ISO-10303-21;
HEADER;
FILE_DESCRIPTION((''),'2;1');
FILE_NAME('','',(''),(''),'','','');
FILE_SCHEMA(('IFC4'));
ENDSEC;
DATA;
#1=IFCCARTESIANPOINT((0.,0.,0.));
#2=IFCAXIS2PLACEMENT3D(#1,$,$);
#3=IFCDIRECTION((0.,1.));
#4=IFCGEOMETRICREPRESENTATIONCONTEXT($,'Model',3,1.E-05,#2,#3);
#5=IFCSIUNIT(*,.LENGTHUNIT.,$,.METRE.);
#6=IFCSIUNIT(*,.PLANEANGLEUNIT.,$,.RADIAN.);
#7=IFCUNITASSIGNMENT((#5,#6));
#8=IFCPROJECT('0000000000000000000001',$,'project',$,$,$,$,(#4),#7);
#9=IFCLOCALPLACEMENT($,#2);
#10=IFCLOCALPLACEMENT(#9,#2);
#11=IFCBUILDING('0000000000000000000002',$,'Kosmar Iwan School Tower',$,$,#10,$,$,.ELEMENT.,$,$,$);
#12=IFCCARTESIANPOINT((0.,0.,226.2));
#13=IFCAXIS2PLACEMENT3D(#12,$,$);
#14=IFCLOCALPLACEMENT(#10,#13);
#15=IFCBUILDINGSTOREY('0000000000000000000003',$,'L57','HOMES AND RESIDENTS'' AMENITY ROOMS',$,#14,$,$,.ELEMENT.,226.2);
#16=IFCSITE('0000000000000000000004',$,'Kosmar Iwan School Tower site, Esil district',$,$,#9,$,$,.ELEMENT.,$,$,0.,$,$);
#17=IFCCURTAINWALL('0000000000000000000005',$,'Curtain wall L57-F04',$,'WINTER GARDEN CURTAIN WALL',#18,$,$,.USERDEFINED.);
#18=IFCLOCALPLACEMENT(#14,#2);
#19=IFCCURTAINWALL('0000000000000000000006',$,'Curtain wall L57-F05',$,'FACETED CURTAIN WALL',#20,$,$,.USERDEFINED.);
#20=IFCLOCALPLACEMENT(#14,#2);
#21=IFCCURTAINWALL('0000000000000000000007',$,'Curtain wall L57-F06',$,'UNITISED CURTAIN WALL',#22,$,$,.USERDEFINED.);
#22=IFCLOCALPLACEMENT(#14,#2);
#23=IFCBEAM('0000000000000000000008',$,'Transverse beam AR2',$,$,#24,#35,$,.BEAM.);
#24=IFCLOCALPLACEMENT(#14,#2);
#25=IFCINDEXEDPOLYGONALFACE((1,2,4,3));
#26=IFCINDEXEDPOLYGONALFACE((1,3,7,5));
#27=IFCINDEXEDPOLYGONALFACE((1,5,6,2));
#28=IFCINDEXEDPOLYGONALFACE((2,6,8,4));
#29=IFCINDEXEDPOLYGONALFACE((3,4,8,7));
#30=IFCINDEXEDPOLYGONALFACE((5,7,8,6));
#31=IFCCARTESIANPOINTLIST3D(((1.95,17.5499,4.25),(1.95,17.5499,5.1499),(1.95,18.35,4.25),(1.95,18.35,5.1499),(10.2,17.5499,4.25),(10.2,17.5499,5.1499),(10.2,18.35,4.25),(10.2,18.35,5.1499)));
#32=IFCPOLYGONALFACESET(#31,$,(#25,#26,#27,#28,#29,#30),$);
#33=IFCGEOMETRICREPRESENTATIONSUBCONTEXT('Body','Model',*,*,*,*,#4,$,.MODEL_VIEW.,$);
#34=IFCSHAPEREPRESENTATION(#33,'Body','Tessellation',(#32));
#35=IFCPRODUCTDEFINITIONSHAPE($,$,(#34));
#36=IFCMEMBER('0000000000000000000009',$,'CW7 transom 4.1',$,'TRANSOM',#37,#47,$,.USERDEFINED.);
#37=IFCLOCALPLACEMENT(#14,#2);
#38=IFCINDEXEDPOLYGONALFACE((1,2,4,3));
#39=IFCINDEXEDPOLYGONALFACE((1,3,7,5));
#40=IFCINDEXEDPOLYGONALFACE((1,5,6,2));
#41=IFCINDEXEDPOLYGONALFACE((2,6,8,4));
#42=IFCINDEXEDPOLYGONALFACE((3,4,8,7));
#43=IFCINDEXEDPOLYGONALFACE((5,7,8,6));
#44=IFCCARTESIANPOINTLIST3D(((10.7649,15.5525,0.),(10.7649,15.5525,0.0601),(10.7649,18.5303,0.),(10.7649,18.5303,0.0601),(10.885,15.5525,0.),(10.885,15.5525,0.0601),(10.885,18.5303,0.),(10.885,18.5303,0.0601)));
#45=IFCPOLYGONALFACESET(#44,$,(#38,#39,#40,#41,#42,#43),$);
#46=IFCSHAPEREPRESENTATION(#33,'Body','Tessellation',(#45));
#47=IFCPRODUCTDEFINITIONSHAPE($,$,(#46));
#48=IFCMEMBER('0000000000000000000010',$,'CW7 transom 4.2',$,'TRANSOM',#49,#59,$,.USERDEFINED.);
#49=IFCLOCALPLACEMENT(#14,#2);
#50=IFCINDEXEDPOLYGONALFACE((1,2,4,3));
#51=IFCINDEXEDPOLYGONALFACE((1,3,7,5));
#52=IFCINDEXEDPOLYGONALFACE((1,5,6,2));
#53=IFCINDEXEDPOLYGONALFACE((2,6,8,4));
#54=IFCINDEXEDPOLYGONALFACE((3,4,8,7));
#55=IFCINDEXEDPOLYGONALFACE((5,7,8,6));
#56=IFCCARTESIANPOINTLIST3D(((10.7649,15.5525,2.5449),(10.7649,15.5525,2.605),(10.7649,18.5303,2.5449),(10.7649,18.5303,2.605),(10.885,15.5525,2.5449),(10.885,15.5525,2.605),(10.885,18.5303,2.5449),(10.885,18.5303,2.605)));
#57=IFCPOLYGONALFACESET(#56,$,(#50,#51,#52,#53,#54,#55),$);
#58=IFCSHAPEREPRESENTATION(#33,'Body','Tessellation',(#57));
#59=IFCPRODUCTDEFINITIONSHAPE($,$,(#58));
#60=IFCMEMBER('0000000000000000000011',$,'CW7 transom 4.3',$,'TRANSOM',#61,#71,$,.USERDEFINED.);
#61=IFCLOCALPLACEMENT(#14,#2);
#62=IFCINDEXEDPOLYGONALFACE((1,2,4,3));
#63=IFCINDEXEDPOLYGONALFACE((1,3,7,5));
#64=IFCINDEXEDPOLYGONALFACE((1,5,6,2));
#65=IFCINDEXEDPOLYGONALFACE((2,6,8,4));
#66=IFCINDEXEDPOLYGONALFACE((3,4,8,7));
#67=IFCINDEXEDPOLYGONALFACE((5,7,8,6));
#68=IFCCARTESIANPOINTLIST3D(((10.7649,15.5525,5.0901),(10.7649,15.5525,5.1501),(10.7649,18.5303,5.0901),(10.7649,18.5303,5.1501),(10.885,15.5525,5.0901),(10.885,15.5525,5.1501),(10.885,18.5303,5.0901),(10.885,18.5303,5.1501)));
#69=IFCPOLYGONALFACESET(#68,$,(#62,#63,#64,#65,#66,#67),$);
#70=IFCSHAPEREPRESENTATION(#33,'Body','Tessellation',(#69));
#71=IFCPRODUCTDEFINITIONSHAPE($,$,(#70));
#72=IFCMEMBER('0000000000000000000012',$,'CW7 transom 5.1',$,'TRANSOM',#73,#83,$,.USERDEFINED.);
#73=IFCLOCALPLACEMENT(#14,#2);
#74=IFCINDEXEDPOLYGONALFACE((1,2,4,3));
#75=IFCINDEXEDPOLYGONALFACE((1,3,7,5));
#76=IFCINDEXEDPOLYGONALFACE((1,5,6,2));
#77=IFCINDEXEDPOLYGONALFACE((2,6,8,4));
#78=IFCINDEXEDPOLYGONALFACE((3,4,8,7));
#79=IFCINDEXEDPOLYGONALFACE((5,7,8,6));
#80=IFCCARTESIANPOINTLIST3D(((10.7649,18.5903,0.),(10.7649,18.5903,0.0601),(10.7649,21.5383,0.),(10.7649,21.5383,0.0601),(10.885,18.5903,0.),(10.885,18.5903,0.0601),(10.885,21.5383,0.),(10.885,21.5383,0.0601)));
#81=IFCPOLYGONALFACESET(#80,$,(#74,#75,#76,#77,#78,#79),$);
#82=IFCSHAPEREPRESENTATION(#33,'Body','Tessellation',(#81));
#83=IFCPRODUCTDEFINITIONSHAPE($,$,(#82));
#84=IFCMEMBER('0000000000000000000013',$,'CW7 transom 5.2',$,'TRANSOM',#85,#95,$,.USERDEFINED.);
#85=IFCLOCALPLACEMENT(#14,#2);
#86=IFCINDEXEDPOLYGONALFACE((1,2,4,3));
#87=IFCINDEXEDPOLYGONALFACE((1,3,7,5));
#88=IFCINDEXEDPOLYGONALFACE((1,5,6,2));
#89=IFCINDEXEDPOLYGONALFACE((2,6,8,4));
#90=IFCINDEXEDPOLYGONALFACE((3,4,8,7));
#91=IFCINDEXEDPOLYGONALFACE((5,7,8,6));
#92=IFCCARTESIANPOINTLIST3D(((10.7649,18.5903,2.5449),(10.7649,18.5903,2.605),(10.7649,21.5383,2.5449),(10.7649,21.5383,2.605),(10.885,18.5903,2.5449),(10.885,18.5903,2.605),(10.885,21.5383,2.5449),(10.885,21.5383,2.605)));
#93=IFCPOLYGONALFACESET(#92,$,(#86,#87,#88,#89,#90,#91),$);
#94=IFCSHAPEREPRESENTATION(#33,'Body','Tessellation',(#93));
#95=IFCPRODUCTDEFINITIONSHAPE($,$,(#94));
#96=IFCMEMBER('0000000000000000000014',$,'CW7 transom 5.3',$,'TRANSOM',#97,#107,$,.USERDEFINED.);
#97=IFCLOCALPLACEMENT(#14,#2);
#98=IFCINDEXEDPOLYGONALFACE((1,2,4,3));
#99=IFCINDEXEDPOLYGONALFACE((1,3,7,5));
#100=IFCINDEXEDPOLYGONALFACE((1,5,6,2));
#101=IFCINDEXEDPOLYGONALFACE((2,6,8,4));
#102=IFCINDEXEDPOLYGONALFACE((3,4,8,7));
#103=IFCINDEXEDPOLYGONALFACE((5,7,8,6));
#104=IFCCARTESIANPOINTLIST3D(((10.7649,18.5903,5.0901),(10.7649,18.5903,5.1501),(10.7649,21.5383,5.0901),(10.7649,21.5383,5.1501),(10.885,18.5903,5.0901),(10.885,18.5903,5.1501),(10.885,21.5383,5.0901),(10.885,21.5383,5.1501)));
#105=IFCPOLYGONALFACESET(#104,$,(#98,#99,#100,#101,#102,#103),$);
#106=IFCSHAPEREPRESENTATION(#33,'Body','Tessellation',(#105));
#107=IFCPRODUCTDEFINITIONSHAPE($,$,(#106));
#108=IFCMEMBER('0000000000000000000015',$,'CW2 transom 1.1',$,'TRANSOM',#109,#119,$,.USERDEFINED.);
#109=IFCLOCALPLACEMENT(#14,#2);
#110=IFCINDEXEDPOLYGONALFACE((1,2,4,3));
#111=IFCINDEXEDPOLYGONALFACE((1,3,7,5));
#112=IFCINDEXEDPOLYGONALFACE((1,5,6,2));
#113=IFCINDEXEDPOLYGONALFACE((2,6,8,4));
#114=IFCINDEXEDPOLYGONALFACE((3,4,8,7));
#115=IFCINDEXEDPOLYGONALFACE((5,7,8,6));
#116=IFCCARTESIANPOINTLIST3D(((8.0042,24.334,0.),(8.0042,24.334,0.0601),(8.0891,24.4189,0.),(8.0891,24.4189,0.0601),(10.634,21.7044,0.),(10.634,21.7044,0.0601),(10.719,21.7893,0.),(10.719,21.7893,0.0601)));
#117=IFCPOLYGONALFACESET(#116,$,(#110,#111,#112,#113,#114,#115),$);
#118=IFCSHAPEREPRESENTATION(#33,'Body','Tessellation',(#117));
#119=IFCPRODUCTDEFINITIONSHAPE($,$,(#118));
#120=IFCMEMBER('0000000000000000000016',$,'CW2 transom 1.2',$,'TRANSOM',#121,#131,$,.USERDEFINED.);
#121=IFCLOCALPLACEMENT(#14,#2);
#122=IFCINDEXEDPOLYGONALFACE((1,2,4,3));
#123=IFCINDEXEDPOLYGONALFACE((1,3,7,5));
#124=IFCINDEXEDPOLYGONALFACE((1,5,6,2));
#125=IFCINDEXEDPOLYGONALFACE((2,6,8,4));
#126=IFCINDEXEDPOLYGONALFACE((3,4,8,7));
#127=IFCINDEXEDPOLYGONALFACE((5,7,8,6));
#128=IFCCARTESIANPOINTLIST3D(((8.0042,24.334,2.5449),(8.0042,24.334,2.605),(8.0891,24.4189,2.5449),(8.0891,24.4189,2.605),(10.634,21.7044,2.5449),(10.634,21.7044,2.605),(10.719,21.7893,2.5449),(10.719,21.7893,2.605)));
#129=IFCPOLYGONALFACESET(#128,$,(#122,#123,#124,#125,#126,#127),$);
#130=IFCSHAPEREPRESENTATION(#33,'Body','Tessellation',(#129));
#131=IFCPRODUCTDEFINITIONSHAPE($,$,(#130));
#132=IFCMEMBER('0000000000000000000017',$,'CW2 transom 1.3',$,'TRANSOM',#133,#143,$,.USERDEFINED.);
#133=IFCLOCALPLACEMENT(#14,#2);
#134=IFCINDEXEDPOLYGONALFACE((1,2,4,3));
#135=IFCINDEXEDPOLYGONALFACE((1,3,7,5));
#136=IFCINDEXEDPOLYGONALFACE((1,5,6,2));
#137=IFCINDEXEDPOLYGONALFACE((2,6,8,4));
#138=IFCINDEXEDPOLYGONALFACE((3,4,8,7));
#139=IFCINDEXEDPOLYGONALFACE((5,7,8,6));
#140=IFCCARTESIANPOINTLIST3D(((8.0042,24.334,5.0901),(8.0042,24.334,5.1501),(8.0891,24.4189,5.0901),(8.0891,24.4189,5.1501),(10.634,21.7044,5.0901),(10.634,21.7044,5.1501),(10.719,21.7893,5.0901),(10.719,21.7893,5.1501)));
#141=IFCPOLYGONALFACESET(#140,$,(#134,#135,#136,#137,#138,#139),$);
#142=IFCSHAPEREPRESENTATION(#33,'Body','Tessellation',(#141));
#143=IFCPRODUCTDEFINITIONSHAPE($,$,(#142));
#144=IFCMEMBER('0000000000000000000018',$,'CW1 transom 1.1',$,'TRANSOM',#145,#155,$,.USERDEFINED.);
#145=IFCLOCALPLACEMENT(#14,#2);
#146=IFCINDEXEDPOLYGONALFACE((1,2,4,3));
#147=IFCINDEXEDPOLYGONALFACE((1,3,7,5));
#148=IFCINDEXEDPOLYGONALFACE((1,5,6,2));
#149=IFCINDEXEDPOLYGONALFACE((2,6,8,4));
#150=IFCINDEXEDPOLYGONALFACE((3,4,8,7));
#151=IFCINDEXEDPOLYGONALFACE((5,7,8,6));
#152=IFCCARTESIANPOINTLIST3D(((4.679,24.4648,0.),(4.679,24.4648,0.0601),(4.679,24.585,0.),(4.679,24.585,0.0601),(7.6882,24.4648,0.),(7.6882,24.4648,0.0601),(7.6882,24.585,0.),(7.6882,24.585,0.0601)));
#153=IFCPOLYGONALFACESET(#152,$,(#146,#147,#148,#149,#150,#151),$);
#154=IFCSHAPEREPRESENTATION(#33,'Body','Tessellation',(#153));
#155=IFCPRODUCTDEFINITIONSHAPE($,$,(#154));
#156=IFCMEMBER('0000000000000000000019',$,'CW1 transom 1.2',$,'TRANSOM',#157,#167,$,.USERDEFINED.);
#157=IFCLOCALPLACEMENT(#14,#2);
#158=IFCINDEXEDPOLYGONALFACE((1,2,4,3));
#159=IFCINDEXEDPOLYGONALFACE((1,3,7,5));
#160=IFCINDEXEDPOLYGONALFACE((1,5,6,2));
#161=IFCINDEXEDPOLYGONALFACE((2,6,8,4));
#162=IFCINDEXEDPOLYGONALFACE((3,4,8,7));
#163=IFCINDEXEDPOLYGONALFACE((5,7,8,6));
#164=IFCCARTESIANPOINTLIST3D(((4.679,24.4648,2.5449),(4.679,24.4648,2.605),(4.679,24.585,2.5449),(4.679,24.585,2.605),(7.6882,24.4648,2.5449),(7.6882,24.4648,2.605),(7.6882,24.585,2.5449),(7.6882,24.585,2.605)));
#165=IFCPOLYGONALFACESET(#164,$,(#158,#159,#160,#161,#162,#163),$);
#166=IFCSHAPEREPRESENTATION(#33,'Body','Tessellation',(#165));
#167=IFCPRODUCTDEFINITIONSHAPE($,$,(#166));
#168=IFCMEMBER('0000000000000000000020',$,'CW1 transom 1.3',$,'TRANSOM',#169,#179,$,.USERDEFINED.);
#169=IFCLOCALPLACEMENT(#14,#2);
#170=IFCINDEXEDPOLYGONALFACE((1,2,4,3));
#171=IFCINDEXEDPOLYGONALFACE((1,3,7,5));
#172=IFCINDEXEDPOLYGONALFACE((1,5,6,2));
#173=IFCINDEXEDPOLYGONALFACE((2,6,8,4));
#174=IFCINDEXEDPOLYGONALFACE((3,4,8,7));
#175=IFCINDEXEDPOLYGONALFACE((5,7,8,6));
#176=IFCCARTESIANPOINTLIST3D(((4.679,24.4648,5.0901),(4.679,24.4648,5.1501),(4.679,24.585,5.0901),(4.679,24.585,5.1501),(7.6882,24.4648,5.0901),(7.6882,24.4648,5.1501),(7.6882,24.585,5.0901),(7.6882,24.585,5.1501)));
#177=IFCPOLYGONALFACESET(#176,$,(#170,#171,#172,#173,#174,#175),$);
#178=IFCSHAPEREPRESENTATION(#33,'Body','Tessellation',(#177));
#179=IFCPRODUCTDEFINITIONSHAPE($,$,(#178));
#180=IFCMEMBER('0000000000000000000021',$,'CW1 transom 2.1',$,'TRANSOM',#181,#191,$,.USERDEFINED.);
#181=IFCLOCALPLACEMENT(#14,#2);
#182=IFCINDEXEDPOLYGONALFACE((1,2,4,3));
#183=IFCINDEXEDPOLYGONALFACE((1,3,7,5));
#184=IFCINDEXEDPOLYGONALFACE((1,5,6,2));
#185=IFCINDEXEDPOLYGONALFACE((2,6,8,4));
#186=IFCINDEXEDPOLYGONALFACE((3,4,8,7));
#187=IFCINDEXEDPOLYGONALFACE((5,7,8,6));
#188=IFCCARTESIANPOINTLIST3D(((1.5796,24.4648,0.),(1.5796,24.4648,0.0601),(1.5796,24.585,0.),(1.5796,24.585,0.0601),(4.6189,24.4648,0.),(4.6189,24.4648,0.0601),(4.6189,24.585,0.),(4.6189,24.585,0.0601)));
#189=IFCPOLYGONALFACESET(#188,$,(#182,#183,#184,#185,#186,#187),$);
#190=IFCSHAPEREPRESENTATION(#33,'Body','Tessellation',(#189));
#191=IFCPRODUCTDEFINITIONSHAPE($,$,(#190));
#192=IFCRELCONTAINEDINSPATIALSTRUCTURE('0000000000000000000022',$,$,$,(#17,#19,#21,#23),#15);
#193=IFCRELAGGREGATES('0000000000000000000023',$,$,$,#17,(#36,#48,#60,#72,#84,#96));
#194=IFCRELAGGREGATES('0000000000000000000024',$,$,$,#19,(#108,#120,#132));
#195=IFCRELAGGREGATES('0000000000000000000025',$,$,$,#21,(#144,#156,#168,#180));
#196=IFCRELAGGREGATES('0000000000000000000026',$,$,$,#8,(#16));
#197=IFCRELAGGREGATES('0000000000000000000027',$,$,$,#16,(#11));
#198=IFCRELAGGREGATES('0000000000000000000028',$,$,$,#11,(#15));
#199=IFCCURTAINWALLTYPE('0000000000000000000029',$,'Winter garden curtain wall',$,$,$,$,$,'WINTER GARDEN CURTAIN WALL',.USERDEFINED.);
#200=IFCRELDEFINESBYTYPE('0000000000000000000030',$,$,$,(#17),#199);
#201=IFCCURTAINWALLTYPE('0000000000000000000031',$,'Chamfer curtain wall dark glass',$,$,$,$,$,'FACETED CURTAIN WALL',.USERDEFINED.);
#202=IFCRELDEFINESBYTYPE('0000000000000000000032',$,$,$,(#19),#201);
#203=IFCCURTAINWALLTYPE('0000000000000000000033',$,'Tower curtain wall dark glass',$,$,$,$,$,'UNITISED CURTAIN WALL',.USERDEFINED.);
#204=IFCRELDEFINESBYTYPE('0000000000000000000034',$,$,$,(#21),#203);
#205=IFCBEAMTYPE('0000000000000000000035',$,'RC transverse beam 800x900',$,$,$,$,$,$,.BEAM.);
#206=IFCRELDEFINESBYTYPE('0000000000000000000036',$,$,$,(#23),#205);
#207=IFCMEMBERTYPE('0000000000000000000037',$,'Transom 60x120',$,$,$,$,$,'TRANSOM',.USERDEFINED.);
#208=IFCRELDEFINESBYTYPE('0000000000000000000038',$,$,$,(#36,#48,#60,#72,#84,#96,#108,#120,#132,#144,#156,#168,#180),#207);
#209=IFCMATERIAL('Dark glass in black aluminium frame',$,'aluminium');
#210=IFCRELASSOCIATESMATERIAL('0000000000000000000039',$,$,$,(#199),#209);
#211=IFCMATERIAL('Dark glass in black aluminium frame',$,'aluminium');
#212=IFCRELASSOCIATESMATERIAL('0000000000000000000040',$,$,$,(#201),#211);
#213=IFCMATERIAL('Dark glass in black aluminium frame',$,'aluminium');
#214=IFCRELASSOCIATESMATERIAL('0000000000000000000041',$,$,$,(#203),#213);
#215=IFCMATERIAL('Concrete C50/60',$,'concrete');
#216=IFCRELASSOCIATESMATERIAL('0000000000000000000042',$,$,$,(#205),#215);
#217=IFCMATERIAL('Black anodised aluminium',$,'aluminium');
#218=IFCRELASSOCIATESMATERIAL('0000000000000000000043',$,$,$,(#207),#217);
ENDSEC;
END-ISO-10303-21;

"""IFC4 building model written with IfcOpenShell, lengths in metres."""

from ifc_helpers import new_model, si_unit, direction, frame, origin, origin_2d, place, context, subcontext, project, spatial, rectangle, extrude, material, material_profile, profile_set, type_object, element, aggregate, save


model = new_model("IFC4")

# Units and contexts
model_context = context("Model", 3, precision=1e-05, world=origin(), true_north=direction((0.0, 1.0)))
body_context = subcontext(model_context, "Body", "Model", "MODEL_VIEW")
ifc_project = project(units=[si_unit("LENGTHUNIT", "METRE"), si_unit("PLANEANGLEUNIT", "RADIAN")], contexts=[model_context])

# Site, building, storey
site_placement = place(None, origin())
site = spatial("IfcSite", under=ifc_project, at=site_placement, Name="Kosmar Iwan School Tower site, Esil district", CompositionType="ELEMENT", RefElevation=0.0)
building_placement = place(site_placement, origin())
building = spatial("IfcBuilding", under=site, at=building_placement, Name="Kosmar Iwan School Tower", CompositionType="ELEMENT")
storey_placement = place(building_placement, frame((0.0, 0.0, 226.2)))
storey = spatial("IfcBuildingStorey", under=building, at=storey_placement, Name="L57", Description="HOMES AND RESIDENTS' AMENITY ROOMS", CompositionType="ELEMENT", Elevation=226.2)

# Curtain walls
ifc_material_1 = material(Name="Dark glass in black aluminium frame", Category="aluminium")
curtain_wall_type_1 = type_object("IfcCurtainWallType", Name="Winter garden curtain wall", ElementType="WINTER GARDEN CURTAIN WALL", PredefinedType="USERDEFINED", material=ifc_material_1)
curtain_wall_1_placement = place(storey_placement, origin())
curtain_wall_1 = element("IfcCurtainWall", 1, at=curtain_wall_1_placement, inside=storey, type_object=curtain_wall_type_1, Name="Curtain wall L57-F04", ObjectType="WINTER GARDEN CURTAIN WALL", PredefinedType="USERDEFINED")
ifc_material_2 = material(Name="Dark glass in black aluminium frame", Category="aluminium")
curtain_wall_type_2 = type_object("IfcCurtainWallType", Name="Chamfer curtain wall dark glass", ElementType="FACETED CURTAIN WALL", PredefinedType="USERDEFINED", material=ifc_material_2)
curtain_wall_2_placement = place(storey_placement, origin())
curtain_wall_2 = element("IfcCurtainWall", 2, at=curtain_wall_2_placement, inside=storey, type_object=curtain_wall_type_2, Name="Curtain wall L57-F05", ObjectType="FACETED CURTAIN WALL", PredefinedType="USERDEFINED")
ifc_material_3 = material(Name="Dark glass in black aluminium frame", Category="aluminium")
curtain_wall_type_3 = type_object("IfcCurtainWallType", Name="Tower curtain wall dark glass", ElementType="UNITISED CURTAIN WALL", PredefinedType="USERDEFINED", material=ifc_material_3)
curtain_wall_3_placement = place(storey_placement, origin())
curtain_wall_3 = element("IfcCurtainWall", 3, at=curtain_wall_3_placement, inside=storey, type_object=curtain_wall_type_3, Name="Curtain wall L57-F06", ObjectType="UNITISED CURTAIN WALL", PredefinedType="USERDEFINED")

# Beam
ifc_material_4 = material(Name="Concrete C50/60", Category="concrete")
ifc_material_profile_1 = material_profile(ifc_material_4, rectangle(XDim=0.8, YDim=0.8999, at=origin_2d()), Name="RC 800x900")
ifc_profile_set_1 = profile_set([ifc_material_profile_1], Name="Concrete C50/60")
beam_type_1 = type_object("IfcBeamType", Name="RC transverse beam 800x900", PredefinedType="BEAM", material=ifc_profile_set_1)
beam_1_placement = place(storey_placement, frame((10.2, 17.95, 4.7), z_axis=(-1.0, 0.0, 0.0), x_axis=(0.0, -1.0, 0.0)))
element("IfcBeam", 4, at=beam_1_placement, inside=storey, type_object=beam_type_1, Name="Transverse beam AR2", PredefinedType="BEAM", context=body_context, shape_type="SweptSolid", body=[
    extrude(rectangle(XDim=0.8, YDim=0.8999, at=origin_2d()), origin(), (0.0, 0.0, 1.0), 8.25),
])

# Members
ifc_material_5 = material(Name="Black anodised aluminium", Category="aluminium")
ifc_material_profile_2 = material_profile(ifc_material_5, rectangle(XDim=0.1201, YDim=0.0601, at=origin_2d()), Name="TRANSOM 60x120")
ifc_profile_set_2 = profile_set([ifc_material_profile_2], Name="Black anodised aluminium")
member_type_1 = type_object("IfcMemberType", Name="Transom 60x120", ElementType="TRANSOM", PredefinedType="USERDEFINED", material=ifc_profile_set_2)
member_1_placement = place(storey_placement, frame((10.825, 15.5525, 0.03), z_axis=(0.0, 1.0, 0.0), x_axis=(-1.0, 0.0, 0.0)))
member_1 = element("IfcMember", 5, at=member_1_placement, type_object=member_type_1, Name="CW7 transom 4.1", ObjectType="TRANSOM", PredefinedType="USERDEFINED", context=body_context, shape_type="SweptSolid", body=[
    extrude(rectangle(XDim=0.1201, YDim=0.0601, at=origin_2d()), origin(), (0.0, 0.0, 1.0), 2.9778),
])
member_2_placement = place(storey_placement, frame((10.825, 15.5525, 2.575), z_axis=(0.0, 1.0, 0.0), x_axis=(-1.0, 0.0, 0.0)))
member_2 = element("IfcMember", 6, at=member_2_placement, type_object=member_type_1, Name="CW7 transom 4.2", ObjectType="TRANSOM", PredefinedType="USERDEFINED", context=body_context, shape_type="SweptSolid", body=[
    extrude(rectangle(XDim=0.1201, YDim=0.0601, at=origin_2d()), origin(), (0.0, 0.0, 1.0), 2.9778),
])
member_3_placement = place(storey_placement, frame((10.825, 15.5525, 5.1201), z_axis=(0.0, 1.0, 0.0), x_axis=(-1.0, 0.0, 0.0)))
member_3 = element("IfcMember", 7, at=member_3_placement, type_object=member_type_1, Name="CW7 transom 4.3", ObjectType="TRANSOM", PredefinedType="USERDEFINED", context=body_context, shape_type="SweptSolid", body=[
    extrude(rectangle(XDim=0.1201, YDim=0.0601, at=origin_2d()), origin(), (0.0, 0.0, 1.0), 2.9778),
])
member_4_placement = place(storey_placement, frame((10.825, 18.5903, 0.03), z_axis=(0.0, 1.0, 0.0), x_axis=(-1.0, 0.0, 0.0)))
member_4 = element("IfcMember", 8, at=member_4_placement, type_object=member_type_1, Name="CW7 transom 5.1", ObjectType="TRANSOM", PredefinedType="USERDEFINED", context=body_context, shape_type="SweptSolid", body=[
    extrude(rectangle(XDim=0.1201, YDim=0.0601, at=origin_2d()), origin(), (0.0, 0.0, 1.0), 2.948),
])
member_5_placement = place(storey_placement, frame((10.825, 18.5903, 2.575), z_axis=(0.0, 1.0, 0.0), x_axis=(-1.0, 0.0, 0.0)))
member_5 = element("IfcMember", 9, at=member_5_placement, type_object=member_type_1, Name="CW7 transom 5.2", ObjectType="TRANSOM", PredefinedType="USERDEFINED", context=body_context, shape_type="SweptSolid", body=[
    extrude(rectangle(XDim=0.1201, YDim=0.0601, at=origin_2d()), origin(), (0.0, 0.0, 1.0), 2.948),
])
member_6_placement = place(storey_placement, frame((10.825, 18.5903, 5.1201), z_axis=(0.0, 1.0, 0.0), x_axis=(-1.0, 0.0, 0.0)))
member_6 = element("IfcMember", 10, at=member_6_placement, type_object=member_type_1, Name="CW7 transom 5.3", ObjectType="TRANSOM", PredefinedType="USERDEFINED", context=body_context, shape_type="SweptSolid", body=[
    extrude(rectangle(XDim=0.1201, YDim=0.0601, at=origin_2d()), origin(), (0.0, 0.0, 1.0), 2.948),
])
member_7_placement = place(storey_placement, frame((10.6765, 21.7468, 0.03), z_axis=(-0.70714, 0.707074, 0.0), x_axis=(-0.707074, -0.70714, 0.0)))
member_7 = element("IfcMember", 11, at=member_7_placement, type_object=member_type_1, Name="CW2 transom 1.1", ObjectType="TRANSOM", PredefinedType="USERDEFINED", context=body_context, shape_type="SweptSolid", body=[
    extrude(rectangle(XDim=0.1201, YDim=0.0601, at=origin_2d()), origin(), (0.0, 0.0, 1.0), 3.719),
])
member_8_placement = place(storey_placement, frame((10.6765, 21.7468, 2.575), z_axis=(-0.70714, 0.707074, 0.0), x_axis=(-0.707074, -0.70714, 0.0)))
member_8 = element("IfcMember", 12, at=member_8_placement, type_object=member_type_1, Name="CW2 transom 1.2", ObjectType="TRANSOM", PredefinedType="USERDEFINED", context=body_context, shape_type="SweptSolid", body=[
    extrude(rectangle(XDim=0.1201, YDim=0.0601, at=origin_2d()), origin(), (0.0, 0.0, 1.0), 3.719),
])
member_9_placement = place(storey_placement, frame((10.6765, 21.7468, 5.1201), z_axis=(-0.70714, 0.707074, 0.0), x_axis=(-0.707074, -0.70714, 0.0)))
member_9 = element("IfcMember", 13, at=member_9_placement, type_object=member_type_1, Name="CW2 transom 1.3", ObjectType="TRANSOM", PredefinedType="USERDEFINED", context=body_context, shape_type="SweptSolid", body=[
    extrude(rectangle(XDim=0.1201, YDim=0.0601, at=origin_2d()), origin(), (0.0, 0.0, 1.0), 3.719),
])
member_10_placement = place(storey_placement, frame((7.6882, 24.5249, 0.03), z_axis=(-1.0, 0.0, 0.0), x_axis=(0.0, -1.0, 0.0)))
member_10 = element("IfcMember", 14, at=member_10_placement, type_object=member_type_1, Name="CW1 transom 1.1", ObjectType="TRANSOM", PredefinedType="USERDEFINED", context=body_context, shape_type="SweptSolid", body=[
    extrude(rectangle(XDim=0.1201, YDim=0.0601, at=origin_2d()), origin(), (0.0, 0.0, 1.0), 3.0093),
])
member_11_placement = place(storey_placement, frame((7.6882, 24.5249, 2.575), z_axis=(-1.0, 0.0, 0.0), x_axis=(0.0, -1.0, 0.0)))
member_11 = element("IfcMember", 15, at=member_11_placement, type_object=member_type_1, Name="CW1 transom 1.2", ObjectType="TRANSOM", PredefinedType="USERDEFINED", context=body_context, shape_type="SweptSolid", body=[
    extrude(rectangle(XDim=0.1201, YDim=0.0601, at=origin_2d()), origin(), (0.0, 0.0, 1.0), 3.0093),
])
member_12_placement = place(storey_placement, frame((7.6882, 24.5249, 5.1201), z_axis=(-1.0, 0.0, 0.0), x_axis=(0.0, -1.0, 0.0)))
member_12 = element("IfcMember", 16, at=member_12_placement, type_object=member_type_1, Name="CW1 transom 1.3", ObjectType="TRANSOM", PredefinedType="USERDEFINED", context=body_context, shape_type="SweptSolid", body=[
    extrude(rectangle(XDim=0.1201, YDim=0.0601, at=origin_2d()), origin(), (0.0, 0.0, 1.0), 3.0093),
])
member_13_placement = place(storey_placement, frame((4.6189, 24.5249, 0.03), z_axis=(-1.0, 0.0, 0.0), x_axis=(0.0, -1.0, 0.0)))
member_13 = element("IfcMember", 17, at=member_13_placement, type_object=member_type_1, Name="CW1 transom 2.1", ObjectType="TRANSOM", PredefinedType="USERDEFINED", context=body_context, shape_type="SweptSolid", body=[
    extrude(rectangle(XDim=0.1201, YDim=0.0601, at=origin_2d()), origin(), (0.0, 0.0, 1.0), 3.0393),
])

aggregate(curtain_wall_1, [member_1, member_2, member_3, member_4, member_5, member_6])
aggregate(curtain_wall_2, [member_7, member_8, member_9])
aggregate(curtain_wall_3, [member_10, member_11, member_12, member_13])

save(model, "model.ifc")
